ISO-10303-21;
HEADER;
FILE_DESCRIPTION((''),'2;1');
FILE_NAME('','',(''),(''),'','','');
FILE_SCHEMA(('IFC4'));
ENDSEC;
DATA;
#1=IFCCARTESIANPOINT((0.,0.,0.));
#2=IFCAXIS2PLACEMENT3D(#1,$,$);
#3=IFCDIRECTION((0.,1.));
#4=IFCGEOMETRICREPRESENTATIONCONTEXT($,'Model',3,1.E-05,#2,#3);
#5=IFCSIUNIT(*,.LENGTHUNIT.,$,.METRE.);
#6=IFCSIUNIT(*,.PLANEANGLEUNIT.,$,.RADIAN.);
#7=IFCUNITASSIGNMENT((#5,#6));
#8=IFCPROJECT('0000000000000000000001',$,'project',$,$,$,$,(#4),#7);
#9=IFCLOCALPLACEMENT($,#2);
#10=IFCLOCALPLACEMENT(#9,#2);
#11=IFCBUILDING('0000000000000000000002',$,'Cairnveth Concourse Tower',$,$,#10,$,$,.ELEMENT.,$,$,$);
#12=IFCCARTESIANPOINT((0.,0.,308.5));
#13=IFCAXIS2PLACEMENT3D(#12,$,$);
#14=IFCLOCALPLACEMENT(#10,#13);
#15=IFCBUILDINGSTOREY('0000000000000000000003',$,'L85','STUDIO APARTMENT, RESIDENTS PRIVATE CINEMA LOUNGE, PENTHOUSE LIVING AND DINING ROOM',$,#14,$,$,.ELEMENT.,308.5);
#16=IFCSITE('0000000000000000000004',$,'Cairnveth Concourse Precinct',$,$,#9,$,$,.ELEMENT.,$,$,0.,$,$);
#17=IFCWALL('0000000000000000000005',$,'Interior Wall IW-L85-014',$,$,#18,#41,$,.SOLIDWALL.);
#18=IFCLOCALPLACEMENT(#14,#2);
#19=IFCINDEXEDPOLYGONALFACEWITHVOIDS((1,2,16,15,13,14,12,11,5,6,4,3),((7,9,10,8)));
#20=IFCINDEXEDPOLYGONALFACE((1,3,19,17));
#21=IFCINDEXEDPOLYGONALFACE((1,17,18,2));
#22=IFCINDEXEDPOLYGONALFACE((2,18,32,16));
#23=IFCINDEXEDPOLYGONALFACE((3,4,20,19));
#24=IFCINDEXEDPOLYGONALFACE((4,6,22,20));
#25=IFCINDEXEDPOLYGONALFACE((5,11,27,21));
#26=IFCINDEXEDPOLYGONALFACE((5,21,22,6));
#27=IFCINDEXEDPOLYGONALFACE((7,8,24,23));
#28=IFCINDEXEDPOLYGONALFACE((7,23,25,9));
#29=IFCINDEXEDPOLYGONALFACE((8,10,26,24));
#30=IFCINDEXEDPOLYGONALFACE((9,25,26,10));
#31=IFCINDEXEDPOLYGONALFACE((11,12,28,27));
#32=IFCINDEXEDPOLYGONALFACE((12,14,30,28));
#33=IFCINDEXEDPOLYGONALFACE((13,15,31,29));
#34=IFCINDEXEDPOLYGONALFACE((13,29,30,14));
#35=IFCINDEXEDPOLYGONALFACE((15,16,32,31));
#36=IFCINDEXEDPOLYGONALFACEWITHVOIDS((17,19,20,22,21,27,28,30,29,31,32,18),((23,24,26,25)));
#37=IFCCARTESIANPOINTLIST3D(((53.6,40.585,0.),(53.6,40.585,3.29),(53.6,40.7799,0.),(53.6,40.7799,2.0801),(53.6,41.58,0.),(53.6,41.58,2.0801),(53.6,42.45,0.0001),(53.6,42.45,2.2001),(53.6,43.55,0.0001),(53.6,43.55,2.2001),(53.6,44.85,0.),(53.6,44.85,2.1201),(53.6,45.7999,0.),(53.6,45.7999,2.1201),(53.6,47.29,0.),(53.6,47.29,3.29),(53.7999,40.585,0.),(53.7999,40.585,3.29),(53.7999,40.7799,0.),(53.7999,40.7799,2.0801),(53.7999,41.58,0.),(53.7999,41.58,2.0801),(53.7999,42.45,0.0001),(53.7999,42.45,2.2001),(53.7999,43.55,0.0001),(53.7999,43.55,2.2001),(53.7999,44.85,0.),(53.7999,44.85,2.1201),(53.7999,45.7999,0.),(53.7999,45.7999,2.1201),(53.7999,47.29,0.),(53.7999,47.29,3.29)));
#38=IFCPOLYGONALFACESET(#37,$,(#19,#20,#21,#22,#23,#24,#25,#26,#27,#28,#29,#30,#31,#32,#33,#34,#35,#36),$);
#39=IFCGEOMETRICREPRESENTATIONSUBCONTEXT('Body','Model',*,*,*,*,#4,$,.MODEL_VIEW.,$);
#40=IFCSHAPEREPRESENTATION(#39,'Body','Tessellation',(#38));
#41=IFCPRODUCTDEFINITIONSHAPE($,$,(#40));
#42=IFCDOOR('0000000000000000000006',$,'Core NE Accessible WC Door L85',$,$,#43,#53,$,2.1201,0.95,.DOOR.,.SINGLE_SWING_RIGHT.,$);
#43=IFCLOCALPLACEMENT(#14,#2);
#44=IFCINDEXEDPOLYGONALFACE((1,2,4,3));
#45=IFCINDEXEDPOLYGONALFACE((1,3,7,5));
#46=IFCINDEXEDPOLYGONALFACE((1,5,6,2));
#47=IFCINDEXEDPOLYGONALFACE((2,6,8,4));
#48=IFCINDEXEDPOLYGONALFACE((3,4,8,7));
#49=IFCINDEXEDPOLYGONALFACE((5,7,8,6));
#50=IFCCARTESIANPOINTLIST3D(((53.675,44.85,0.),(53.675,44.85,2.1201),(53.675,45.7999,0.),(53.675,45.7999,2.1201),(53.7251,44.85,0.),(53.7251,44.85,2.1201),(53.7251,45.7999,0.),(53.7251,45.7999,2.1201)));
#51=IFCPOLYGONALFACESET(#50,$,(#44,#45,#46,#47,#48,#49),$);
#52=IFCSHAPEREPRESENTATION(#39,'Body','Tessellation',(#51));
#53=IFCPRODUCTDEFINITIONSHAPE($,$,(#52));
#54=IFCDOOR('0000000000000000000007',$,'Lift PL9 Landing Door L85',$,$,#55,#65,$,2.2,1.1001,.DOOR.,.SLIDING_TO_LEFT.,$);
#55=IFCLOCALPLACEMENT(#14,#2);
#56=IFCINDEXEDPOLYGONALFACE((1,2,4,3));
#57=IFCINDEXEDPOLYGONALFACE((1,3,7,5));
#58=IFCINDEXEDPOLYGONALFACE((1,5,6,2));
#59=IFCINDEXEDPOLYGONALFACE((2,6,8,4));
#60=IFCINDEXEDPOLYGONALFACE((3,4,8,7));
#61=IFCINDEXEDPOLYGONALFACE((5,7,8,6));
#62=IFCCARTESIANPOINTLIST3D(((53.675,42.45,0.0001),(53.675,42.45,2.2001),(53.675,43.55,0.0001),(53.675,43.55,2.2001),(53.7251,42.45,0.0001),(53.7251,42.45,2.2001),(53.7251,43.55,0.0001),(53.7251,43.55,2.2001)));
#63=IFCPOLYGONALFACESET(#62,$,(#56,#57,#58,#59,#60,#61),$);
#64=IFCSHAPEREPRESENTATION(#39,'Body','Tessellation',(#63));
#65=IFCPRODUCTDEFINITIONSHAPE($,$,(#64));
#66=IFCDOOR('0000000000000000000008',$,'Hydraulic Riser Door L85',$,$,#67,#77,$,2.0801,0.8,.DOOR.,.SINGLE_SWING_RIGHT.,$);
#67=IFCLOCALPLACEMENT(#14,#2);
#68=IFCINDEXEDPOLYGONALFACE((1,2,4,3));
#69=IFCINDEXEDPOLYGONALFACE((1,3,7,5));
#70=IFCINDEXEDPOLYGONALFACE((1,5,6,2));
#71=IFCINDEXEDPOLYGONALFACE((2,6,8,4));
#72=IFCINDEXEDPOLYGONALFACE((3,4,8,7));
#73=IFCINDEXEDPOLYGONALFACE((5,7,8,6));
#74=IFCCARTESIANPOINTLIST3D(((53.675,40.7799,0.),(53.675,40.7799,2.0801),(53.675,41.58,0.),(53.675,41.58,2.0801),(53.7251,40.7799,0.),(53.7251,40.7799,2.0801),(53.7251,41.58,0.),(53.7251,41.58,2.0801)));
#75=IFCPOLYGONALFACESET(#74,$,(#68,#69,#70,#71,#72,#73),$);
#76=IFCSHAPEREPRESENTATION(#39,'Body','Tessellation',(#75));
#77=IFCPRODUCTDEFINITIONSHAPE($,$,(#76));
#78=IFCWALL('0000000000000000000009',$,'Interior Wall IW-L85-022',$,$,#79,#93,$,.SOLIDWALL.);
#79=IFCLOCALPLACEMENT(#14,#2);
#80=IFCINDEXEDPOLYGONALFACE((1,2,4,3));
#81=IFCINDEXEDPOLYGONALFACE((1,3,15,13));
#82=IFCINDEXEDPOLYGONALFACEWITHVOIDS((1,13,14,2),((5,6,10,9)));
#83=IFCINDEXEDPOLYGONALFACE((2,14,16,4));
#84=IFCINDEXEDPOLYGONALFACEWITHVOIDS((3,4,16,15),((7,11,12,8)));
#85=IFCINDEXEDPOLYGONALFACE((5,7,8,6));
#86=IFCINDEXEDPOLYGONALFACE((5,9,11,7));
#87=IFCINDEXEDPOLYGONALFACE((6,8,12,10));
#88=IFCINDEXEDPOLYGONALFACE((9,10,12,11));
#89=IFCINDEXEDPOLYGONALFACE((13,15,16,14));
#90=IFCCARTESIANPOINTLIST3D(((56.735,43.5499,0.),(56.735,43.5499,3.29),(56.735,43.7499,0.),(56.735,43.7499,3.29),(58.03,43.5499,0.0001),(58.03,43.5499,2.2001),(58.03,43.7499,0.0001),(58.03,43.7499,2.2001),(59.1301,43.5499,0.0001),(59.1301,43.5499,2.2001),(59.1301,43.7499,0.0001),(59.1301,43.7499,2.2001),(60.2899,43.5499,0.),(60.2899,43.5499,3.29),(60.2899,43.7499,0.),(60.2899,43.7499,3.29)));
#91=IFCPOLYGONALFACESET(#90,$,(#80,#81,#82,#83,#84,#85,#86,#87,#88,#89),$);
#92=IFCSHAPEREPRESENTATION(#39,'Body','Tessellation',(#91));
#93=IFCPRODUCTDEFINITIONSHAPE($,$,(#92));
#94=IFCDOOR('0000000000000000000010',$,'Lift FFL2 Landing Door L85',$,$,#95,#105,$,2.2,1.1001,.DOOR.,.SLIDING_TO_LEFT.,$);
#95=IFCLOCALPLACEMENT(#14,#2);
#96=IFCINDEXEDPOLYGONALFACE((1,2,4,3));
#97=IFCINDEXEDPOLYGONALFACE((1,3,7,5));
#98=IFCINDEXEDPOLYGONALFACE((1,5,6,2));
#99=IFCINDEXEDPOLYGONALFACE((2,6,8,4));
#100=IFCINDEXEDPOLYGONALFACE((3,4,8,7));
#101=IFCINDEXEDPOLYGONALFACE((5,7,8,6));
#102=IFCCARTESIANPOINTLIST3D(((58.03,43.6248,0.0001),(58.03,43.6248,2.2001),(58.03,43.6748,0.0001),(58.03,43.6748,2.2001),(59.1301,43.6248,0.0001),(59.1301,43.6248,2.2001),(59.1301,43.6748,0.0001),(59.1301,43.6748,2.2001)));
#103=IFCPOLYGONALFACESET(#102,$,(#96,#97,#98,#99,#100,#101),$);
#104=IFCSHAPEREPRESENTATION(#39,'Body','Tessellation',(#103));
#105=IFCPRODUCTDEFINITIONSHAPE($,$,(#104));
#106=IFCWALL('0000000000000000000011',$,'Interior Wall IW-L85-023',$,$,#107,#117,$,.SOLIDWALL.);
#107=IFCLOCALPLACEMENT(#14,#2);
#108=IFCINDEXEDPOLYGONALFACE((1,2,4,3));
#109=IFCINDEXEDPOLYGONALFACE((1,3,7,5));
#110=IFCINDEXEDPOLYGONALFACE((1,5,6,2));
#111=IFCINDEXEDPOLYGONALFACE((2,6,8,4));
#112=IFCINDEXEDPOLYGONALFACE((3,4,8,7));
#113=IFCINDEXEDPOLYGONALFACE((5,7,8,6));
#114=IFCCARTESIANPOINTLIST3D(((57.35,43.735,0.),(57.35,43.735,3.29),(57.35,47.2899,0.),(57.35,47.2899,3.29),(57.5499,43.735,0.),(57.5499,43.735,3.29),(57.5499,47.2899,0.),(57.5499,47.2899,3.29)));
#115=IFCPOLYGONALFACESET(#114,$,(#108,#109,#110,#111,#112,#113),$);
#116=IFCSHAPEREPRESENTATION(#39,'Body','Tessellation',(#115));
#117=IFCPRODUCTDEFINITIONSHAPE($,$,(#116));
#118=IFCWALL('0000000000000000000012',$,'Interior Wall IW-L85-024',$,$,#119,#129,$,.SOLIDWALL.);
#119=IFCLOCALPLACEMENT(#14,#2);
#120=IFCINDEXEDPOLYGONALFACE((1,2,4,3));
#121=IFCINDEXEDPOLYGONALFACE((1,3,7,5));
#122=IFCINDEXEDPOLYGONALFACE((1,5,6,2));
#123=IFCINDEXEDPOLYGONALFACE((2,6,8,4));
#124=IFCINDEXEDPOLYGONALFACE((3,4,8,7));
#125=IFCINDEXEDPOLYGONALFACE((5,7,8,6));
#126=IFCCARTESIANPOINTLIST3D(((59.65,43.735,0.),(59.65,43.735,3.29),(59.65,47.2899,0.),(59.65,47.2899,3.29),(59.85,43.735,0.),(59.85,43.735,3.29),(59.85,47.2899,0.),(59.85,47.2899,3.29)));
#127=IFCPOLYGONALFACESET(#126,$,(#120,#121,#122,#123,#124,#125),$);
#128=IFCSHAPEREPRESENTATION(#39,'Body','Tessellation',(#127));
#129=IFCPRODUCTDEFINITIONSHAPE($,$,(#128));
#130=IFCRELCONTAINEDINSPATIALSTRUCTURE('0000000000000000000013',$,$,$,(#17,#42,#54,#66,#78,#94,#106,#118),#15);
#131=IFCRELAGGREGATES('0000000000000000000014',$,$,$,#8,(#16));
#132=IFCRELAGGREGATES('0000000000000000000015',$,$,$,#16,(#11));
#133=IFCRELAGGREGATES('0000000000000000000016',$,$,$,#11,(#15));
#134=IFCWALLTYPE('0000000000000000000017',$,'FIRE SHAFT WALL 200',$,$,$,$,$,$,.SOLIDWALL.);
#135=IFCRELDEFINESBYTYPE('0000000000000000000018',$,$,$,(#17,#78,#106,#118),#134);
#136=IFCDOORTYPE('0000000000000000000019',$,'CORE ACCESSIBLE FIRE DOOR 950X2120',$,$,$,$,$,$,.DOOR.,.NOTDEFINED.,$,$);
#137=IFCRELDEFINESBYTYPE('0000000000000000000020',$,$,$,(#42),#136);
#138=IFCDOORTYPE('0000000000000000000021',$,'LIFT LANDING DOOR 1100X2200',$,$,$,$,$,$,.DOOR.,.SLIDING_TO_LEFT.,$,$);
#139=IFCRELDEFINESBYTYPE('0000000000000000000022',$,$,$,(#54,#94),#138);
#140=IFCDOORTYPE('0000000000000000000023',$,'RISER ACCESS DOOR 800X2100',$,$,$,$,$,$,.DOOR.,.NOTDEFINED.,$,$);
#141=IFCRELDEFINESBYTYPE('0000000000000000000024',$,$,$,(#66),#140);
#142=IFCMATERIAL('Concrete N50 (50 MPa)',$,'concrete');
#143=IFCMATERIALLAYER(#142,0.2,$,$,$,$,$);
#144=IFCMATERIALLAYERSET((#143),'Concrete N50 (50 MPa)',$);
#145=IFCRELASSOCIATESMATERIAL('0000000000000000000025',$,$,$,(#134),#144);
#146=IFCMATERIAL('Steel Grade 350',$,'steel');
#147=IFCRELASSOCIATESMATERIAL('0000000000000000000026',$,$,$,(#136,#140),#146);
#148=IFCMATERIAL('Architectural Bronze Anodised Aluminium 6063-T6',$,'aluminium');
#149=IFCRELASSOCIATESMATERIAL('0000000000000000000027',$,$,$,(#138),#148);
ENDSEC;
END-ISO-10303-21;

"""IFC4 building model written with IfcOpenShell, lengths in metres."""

from ifc_helpers import new_model, si_unit, direction, frame, frame_2d, origin, place, context, subcontext, project, spatial, rectangle, extrude, material, layer, layer_set, type_object, element, fill, save


model = new_model("IFC4")

# Units and contexts
model_context = context("Model", 3, precision=1e-05, world=origin(), true_north=direction((0.0, 1.0)))
body_context = subcontext(model_context, "Body", "Model", "MODEL_VIEW")
ifc_project = project(units=[si_unit("LENGTHUNIT", "METRE"), si_unit("PLANEANGLEUNIT", "RADIAN")], contexts=[model_context])

# Site, building, storey
site_placement = place(None, origin())
site = spatial("IfcSite", under=ifc_project, at=site_placement, Name="Cairnveth Concourse Precinct", CompositionType="ELEMENT", RefElevation=0.0)
building_placement = place(site_placement, origin())
building = spatial("IfcBuilding", under=site, at=building_placement, Name="Cairnveth Concourse Tower", CompositionType="ELEMENT")
storey_placement = place(building_placement, frame((0.0, 0.0, 308.5)))
storey = spatial("IfcBuildingStorey", under=building, at=storey_placement, Name="L85", Description="STUDIO APARTMENT, RESIDENTS PRIVATE CINEMA LOUNGE, PENTHOUSE LIVING AND DINING ROOM", CompositionType="ELEMENT", Elevation=308.5)

# Shared definitions
ifc_material_1 = material(Name="Steel Grade 350", Category="steel")

# Shared definitions
ifc_material_2 = material(Name="Concrete N50 (50 MPa)", Category="concrete")

# Shared definitions
ifc_layer_1 = layer(ifc_material_2, 0.2)
ifc_layer_set_1 = layer_set([ifc_layer_1], Name="Concrete N50 (50 MPa)")
wall_type_1 = type_object("IfcWallType", Name="FIRE SHAFT WALL 200", PredefinedType="SOLIDWALL", material=ifc_layer_set_1)

# Wall, openings, doors
wall_1_placement = place(storey_placement, frame((53.7, 40.585, 0.0), z_axis=(0.0, 0.0, 1.0), x_axis=(0.0, 1.0, 0.0)))
wall_1 = element("IfcWall", 1, at=wall_1_placement, inside=storey, type_object=wall_type_1, Name="Interior Wall IW-L85-014", PredefinedType="SOLIDWALL", context=body_context, shape_type="SweptSolid", body=[
    extrude(rectangle(XDim=6.7051, YDim=0.2, at=frame_2d((3.3525, 0.0))), origin(), (0.0, 0.0, 1.0), 3.29),
])
opening_1_placement = place(wall_1_placement, frame((0.1951, 0.0, 0.0)))
opening_1 = element("IfcOpeningElement", 2, at=opening_1_placement, cuts=wall_1, PredefinedType="OPENING", context=body_context, shape_type="SweptSolid", body=[
    extrude(rectangle(XDim=0.8, YDim=2.0801, at=frame_2d((0.3999, 1.04))), frame((0.0, 0.1099, 0.0), z_axis=(0.0, -1.0, 0.0), x_axis=(1.0, 0.0, 0.0)), (0.0, 0.0, 1.0), 0.22),
])
opening_2_placement = place(wall_1_placement, frame((1.865, 0.0, 0.0)))
opening_2 = element("IfcOpeningElement", 3, at=opening_2_placement, cuts=wall_1, PredefinedType="OPENING", context=body_context, shape_type="SweptSolid", body=[
    extrude(rectangle(XDim=1.1001, YDim=2.2, at=frame_2d((0.55, 1.1001))), frame((0.0, 0.1099, 0.0), z_axis=(0.0, -1.0, 0.0), x_axis=(1.0, 0.0, 0.0)), (0.0, 0.0, 1.0), 0.22),
])
opening_3_placement = place(wall_1_placement, frame((4.2649, 0.0, 0.0)))
opening_3 = element("IfcOpeningElement", 4, at=opening_3_placement, cuts=wall_1, PredefinedType="OPENING", context=body_context, shape_type="SweptSolid", body=[
    extrude(rectangle(XDim=0.95, YDim=2.1201, at=frame_2d((0.4751, 1.0601))), frame((0.0, 0.1099, 0.0), z_axis=(0.0, -1.0, 0.0), x_axis=(1.0, 0.0, 0.0)), (0.0, 0.0, 1.0), 0.22),
])
door_type_1 = type_object("IfcDoorType", Name="CORE ACCESSIBLE FIRE DOOR 950X2120", OperationType="NOTDEFINED", PredefinedType="DOOR", material=ifc_material_1)
door_1_placement = place(opening_3_placement, origin())
door_1 = element("IfcDoor", 5, at=door_1_placement, inside=storey, type_object=door_type_1, Name="Core NE Accessible WC Door L85", OperationType="SINGLE_SWING_RIGHT", OverallHeight=2.1201, OverallWidth=0.95, PredefinedType="DOOR", context=body_context, shape_type="SweptSolid", body=[
    extrude(rectangle(XDim=0.95, YDim=2.1201, at=frame_2d((0.4751, 1.0601))), frame((0.0, 0.0249, 0.0), z_axis=(0.0, -1.0, 0.0), x_axis=(1.0, 0.0, 0.0)), (0.0, 0.0, 1.0), 0.05),
])
fill(opening_3, door_1)
ifc_material_3 = material(Name="Architectural Bronze Anodised Aluminium 6063-T6", Category="aluminium")
door_type_2 = type_object("IfcDoorType", Name="LIFT LANDING DOOR 1100X2200", OperationType="SLIDING_TO_LEFT", PredefinedType="DOOR", material=ifc_material_3)
door_2_placement = place(opening_2_placement, origin())
door_2 = element("IfcDoor", 6, at=door_2_placement, inside=storey, type_object=door_type_2, Name="Lift PL9 Landing Door L85", OperationType="SLIDING_TO_LEFT", OverallHeight=2.2, OverallWidth=1.1001, PredefinedType="DOOR", context=body_context, shape_type="SweptSolid", body=[
    extrude(rectangle(XDim=1.1001, YDim=2.2, at=frame_2d((0.55, 1.1001))), frame((0.0, 0.0249, 0.0), z_axis=(0.0, -1.0, 0.0), x_axis=(1.0, 0.0, 0.0)), (0.0, 0.0, 1.0), 0.05),
])
fill(opening_2, door_2)
door_type_3 = type_object("IfcDoorType", Name="RISER ACCESS DOOR 800X2100", OperationType="NOTDEFINED", PredefinedType="DOOR", material=ifc_material_1)
door_3_placement = place(opening_1_placement, origin())
door_3 = element("IfcDoor", 7, at=door_3_placement, inside=storey, type_object=door_type_3, Name="Hydraulic Riser Door L85", OperationType="SINGLE_SWING_RIGHT", OverallHeight=2.0801, OverallWidth=0.8, PredefinedType="DOOR", context=body_context, shape_type="SweptSolid", body=[
    extrude(rectangle(XDim=0.8, YDim=2.0801, at=frame_2d((0.3999, 1.04))), frame((0.0, 0.0249, 0.0), z_axis=(0.0, -1.0, 0.0), x_axis=(1.0, 0.0, 0.0)), (0.0, 0.0, 1.0), 0.05),
])
fill(opening_1, door_3)

# Wall, opening, door
wall_2_placement = place(storey_placement, frame((56.7351, 43.6499, 0.0), z_axis=(0.0, 0.0, 1.0), x_axis=(1.0, 0.0, 0.0)))
wall_2 = element("IfcWall", 8, at=wall_2_placement, inside=storey, type_object=wall_type_1, Name="Interior Wall IW-L85-022", PredefinedType="SOLIDWALL", context=body_context, shape_type="SweptSolid", body=[
    extrude(rectangle(XDim=3.5549, YDim=0.2, at=frame_2d((1.7773, 0.0))), origin(), (0.0, 0.0, 1.0), 3.29),
])
opening_4_placement = place(wall_2_placement, frame((1.2949, 0.0, 0.0)))
opening_4 = element("IfcOpeningElement", 9, at=opening_4_placement, cuts=wall_2, PredefinedType="OPENING", context=body_context, shape_type="SweptSolid", body=[
    extrude(rectangle(XDim=1.1001, YDim=2.2, at=frame_2d((0.55, 1.1001))), frame((0.0, 0.1099, 0.0), z_axis=(0.0, -1.0, 0.0), x_axis=(1.0, 0.0, 0.0)), (0.0, 0.0, 1.0), 0.22),
])
door_4_placement = place(opening_4_placement, origin())
door_4 = element("IfcDoor", 10, at=door_4_placement, inside=storey, type_object=door_type_2, Name="Lift FFL2 Landing Door L85", OperationType="SLIDING_TO_LEFT", OverallHeight=2.2, OverallWidth=1.1001, PredefinedType="DOOR", context=body_context, shape_type="SweptSolid", body=[
    extrude(rectangle(XDim=1.1001, YDim=2.2, at=frame_2d((0.55, 1.1001))), frame((0.0, 0.0249, 0.0), z_axis=(0.0, -1.0, 0.0), x_axis=(1.0, 0.0, 0.0)), (0.0, 0.0, 1.0), 0.05),
])
fill(opening_4, door_4)

# Walls
for number, where, z_axis, x_axis, name in (
    (11, (57.45, 43.7351, 0.0), (0.0, 0.0, 1.0), (0.0, 1.0, 0.0), "Interior Wall IW-L85-023"),
    (12, (59.75, 43.7351, 0.0), (0.0, 0.0, 1.0), (0.0, 1.0, 0.0), "Interior Wall IW-L85-024"),
):
    element("IfcWall", number, at=place(storey_placement, frame(where, z_axis=z_axis, x_axis=x_axis)), inside=storey, type_object=wall_type_1, Name=name, PredefinedType="SOLIDWALL", context=body_context, shape_type="SweptSolid", body=[
        extrude(rectangle(XDim=3.5549, YDim=0.2, at=frame_2d((1.7773, 0.0))), origin(), (0.0, 0.0, 1.0), 3.29),
    ])

save(model, "model.ifc")
